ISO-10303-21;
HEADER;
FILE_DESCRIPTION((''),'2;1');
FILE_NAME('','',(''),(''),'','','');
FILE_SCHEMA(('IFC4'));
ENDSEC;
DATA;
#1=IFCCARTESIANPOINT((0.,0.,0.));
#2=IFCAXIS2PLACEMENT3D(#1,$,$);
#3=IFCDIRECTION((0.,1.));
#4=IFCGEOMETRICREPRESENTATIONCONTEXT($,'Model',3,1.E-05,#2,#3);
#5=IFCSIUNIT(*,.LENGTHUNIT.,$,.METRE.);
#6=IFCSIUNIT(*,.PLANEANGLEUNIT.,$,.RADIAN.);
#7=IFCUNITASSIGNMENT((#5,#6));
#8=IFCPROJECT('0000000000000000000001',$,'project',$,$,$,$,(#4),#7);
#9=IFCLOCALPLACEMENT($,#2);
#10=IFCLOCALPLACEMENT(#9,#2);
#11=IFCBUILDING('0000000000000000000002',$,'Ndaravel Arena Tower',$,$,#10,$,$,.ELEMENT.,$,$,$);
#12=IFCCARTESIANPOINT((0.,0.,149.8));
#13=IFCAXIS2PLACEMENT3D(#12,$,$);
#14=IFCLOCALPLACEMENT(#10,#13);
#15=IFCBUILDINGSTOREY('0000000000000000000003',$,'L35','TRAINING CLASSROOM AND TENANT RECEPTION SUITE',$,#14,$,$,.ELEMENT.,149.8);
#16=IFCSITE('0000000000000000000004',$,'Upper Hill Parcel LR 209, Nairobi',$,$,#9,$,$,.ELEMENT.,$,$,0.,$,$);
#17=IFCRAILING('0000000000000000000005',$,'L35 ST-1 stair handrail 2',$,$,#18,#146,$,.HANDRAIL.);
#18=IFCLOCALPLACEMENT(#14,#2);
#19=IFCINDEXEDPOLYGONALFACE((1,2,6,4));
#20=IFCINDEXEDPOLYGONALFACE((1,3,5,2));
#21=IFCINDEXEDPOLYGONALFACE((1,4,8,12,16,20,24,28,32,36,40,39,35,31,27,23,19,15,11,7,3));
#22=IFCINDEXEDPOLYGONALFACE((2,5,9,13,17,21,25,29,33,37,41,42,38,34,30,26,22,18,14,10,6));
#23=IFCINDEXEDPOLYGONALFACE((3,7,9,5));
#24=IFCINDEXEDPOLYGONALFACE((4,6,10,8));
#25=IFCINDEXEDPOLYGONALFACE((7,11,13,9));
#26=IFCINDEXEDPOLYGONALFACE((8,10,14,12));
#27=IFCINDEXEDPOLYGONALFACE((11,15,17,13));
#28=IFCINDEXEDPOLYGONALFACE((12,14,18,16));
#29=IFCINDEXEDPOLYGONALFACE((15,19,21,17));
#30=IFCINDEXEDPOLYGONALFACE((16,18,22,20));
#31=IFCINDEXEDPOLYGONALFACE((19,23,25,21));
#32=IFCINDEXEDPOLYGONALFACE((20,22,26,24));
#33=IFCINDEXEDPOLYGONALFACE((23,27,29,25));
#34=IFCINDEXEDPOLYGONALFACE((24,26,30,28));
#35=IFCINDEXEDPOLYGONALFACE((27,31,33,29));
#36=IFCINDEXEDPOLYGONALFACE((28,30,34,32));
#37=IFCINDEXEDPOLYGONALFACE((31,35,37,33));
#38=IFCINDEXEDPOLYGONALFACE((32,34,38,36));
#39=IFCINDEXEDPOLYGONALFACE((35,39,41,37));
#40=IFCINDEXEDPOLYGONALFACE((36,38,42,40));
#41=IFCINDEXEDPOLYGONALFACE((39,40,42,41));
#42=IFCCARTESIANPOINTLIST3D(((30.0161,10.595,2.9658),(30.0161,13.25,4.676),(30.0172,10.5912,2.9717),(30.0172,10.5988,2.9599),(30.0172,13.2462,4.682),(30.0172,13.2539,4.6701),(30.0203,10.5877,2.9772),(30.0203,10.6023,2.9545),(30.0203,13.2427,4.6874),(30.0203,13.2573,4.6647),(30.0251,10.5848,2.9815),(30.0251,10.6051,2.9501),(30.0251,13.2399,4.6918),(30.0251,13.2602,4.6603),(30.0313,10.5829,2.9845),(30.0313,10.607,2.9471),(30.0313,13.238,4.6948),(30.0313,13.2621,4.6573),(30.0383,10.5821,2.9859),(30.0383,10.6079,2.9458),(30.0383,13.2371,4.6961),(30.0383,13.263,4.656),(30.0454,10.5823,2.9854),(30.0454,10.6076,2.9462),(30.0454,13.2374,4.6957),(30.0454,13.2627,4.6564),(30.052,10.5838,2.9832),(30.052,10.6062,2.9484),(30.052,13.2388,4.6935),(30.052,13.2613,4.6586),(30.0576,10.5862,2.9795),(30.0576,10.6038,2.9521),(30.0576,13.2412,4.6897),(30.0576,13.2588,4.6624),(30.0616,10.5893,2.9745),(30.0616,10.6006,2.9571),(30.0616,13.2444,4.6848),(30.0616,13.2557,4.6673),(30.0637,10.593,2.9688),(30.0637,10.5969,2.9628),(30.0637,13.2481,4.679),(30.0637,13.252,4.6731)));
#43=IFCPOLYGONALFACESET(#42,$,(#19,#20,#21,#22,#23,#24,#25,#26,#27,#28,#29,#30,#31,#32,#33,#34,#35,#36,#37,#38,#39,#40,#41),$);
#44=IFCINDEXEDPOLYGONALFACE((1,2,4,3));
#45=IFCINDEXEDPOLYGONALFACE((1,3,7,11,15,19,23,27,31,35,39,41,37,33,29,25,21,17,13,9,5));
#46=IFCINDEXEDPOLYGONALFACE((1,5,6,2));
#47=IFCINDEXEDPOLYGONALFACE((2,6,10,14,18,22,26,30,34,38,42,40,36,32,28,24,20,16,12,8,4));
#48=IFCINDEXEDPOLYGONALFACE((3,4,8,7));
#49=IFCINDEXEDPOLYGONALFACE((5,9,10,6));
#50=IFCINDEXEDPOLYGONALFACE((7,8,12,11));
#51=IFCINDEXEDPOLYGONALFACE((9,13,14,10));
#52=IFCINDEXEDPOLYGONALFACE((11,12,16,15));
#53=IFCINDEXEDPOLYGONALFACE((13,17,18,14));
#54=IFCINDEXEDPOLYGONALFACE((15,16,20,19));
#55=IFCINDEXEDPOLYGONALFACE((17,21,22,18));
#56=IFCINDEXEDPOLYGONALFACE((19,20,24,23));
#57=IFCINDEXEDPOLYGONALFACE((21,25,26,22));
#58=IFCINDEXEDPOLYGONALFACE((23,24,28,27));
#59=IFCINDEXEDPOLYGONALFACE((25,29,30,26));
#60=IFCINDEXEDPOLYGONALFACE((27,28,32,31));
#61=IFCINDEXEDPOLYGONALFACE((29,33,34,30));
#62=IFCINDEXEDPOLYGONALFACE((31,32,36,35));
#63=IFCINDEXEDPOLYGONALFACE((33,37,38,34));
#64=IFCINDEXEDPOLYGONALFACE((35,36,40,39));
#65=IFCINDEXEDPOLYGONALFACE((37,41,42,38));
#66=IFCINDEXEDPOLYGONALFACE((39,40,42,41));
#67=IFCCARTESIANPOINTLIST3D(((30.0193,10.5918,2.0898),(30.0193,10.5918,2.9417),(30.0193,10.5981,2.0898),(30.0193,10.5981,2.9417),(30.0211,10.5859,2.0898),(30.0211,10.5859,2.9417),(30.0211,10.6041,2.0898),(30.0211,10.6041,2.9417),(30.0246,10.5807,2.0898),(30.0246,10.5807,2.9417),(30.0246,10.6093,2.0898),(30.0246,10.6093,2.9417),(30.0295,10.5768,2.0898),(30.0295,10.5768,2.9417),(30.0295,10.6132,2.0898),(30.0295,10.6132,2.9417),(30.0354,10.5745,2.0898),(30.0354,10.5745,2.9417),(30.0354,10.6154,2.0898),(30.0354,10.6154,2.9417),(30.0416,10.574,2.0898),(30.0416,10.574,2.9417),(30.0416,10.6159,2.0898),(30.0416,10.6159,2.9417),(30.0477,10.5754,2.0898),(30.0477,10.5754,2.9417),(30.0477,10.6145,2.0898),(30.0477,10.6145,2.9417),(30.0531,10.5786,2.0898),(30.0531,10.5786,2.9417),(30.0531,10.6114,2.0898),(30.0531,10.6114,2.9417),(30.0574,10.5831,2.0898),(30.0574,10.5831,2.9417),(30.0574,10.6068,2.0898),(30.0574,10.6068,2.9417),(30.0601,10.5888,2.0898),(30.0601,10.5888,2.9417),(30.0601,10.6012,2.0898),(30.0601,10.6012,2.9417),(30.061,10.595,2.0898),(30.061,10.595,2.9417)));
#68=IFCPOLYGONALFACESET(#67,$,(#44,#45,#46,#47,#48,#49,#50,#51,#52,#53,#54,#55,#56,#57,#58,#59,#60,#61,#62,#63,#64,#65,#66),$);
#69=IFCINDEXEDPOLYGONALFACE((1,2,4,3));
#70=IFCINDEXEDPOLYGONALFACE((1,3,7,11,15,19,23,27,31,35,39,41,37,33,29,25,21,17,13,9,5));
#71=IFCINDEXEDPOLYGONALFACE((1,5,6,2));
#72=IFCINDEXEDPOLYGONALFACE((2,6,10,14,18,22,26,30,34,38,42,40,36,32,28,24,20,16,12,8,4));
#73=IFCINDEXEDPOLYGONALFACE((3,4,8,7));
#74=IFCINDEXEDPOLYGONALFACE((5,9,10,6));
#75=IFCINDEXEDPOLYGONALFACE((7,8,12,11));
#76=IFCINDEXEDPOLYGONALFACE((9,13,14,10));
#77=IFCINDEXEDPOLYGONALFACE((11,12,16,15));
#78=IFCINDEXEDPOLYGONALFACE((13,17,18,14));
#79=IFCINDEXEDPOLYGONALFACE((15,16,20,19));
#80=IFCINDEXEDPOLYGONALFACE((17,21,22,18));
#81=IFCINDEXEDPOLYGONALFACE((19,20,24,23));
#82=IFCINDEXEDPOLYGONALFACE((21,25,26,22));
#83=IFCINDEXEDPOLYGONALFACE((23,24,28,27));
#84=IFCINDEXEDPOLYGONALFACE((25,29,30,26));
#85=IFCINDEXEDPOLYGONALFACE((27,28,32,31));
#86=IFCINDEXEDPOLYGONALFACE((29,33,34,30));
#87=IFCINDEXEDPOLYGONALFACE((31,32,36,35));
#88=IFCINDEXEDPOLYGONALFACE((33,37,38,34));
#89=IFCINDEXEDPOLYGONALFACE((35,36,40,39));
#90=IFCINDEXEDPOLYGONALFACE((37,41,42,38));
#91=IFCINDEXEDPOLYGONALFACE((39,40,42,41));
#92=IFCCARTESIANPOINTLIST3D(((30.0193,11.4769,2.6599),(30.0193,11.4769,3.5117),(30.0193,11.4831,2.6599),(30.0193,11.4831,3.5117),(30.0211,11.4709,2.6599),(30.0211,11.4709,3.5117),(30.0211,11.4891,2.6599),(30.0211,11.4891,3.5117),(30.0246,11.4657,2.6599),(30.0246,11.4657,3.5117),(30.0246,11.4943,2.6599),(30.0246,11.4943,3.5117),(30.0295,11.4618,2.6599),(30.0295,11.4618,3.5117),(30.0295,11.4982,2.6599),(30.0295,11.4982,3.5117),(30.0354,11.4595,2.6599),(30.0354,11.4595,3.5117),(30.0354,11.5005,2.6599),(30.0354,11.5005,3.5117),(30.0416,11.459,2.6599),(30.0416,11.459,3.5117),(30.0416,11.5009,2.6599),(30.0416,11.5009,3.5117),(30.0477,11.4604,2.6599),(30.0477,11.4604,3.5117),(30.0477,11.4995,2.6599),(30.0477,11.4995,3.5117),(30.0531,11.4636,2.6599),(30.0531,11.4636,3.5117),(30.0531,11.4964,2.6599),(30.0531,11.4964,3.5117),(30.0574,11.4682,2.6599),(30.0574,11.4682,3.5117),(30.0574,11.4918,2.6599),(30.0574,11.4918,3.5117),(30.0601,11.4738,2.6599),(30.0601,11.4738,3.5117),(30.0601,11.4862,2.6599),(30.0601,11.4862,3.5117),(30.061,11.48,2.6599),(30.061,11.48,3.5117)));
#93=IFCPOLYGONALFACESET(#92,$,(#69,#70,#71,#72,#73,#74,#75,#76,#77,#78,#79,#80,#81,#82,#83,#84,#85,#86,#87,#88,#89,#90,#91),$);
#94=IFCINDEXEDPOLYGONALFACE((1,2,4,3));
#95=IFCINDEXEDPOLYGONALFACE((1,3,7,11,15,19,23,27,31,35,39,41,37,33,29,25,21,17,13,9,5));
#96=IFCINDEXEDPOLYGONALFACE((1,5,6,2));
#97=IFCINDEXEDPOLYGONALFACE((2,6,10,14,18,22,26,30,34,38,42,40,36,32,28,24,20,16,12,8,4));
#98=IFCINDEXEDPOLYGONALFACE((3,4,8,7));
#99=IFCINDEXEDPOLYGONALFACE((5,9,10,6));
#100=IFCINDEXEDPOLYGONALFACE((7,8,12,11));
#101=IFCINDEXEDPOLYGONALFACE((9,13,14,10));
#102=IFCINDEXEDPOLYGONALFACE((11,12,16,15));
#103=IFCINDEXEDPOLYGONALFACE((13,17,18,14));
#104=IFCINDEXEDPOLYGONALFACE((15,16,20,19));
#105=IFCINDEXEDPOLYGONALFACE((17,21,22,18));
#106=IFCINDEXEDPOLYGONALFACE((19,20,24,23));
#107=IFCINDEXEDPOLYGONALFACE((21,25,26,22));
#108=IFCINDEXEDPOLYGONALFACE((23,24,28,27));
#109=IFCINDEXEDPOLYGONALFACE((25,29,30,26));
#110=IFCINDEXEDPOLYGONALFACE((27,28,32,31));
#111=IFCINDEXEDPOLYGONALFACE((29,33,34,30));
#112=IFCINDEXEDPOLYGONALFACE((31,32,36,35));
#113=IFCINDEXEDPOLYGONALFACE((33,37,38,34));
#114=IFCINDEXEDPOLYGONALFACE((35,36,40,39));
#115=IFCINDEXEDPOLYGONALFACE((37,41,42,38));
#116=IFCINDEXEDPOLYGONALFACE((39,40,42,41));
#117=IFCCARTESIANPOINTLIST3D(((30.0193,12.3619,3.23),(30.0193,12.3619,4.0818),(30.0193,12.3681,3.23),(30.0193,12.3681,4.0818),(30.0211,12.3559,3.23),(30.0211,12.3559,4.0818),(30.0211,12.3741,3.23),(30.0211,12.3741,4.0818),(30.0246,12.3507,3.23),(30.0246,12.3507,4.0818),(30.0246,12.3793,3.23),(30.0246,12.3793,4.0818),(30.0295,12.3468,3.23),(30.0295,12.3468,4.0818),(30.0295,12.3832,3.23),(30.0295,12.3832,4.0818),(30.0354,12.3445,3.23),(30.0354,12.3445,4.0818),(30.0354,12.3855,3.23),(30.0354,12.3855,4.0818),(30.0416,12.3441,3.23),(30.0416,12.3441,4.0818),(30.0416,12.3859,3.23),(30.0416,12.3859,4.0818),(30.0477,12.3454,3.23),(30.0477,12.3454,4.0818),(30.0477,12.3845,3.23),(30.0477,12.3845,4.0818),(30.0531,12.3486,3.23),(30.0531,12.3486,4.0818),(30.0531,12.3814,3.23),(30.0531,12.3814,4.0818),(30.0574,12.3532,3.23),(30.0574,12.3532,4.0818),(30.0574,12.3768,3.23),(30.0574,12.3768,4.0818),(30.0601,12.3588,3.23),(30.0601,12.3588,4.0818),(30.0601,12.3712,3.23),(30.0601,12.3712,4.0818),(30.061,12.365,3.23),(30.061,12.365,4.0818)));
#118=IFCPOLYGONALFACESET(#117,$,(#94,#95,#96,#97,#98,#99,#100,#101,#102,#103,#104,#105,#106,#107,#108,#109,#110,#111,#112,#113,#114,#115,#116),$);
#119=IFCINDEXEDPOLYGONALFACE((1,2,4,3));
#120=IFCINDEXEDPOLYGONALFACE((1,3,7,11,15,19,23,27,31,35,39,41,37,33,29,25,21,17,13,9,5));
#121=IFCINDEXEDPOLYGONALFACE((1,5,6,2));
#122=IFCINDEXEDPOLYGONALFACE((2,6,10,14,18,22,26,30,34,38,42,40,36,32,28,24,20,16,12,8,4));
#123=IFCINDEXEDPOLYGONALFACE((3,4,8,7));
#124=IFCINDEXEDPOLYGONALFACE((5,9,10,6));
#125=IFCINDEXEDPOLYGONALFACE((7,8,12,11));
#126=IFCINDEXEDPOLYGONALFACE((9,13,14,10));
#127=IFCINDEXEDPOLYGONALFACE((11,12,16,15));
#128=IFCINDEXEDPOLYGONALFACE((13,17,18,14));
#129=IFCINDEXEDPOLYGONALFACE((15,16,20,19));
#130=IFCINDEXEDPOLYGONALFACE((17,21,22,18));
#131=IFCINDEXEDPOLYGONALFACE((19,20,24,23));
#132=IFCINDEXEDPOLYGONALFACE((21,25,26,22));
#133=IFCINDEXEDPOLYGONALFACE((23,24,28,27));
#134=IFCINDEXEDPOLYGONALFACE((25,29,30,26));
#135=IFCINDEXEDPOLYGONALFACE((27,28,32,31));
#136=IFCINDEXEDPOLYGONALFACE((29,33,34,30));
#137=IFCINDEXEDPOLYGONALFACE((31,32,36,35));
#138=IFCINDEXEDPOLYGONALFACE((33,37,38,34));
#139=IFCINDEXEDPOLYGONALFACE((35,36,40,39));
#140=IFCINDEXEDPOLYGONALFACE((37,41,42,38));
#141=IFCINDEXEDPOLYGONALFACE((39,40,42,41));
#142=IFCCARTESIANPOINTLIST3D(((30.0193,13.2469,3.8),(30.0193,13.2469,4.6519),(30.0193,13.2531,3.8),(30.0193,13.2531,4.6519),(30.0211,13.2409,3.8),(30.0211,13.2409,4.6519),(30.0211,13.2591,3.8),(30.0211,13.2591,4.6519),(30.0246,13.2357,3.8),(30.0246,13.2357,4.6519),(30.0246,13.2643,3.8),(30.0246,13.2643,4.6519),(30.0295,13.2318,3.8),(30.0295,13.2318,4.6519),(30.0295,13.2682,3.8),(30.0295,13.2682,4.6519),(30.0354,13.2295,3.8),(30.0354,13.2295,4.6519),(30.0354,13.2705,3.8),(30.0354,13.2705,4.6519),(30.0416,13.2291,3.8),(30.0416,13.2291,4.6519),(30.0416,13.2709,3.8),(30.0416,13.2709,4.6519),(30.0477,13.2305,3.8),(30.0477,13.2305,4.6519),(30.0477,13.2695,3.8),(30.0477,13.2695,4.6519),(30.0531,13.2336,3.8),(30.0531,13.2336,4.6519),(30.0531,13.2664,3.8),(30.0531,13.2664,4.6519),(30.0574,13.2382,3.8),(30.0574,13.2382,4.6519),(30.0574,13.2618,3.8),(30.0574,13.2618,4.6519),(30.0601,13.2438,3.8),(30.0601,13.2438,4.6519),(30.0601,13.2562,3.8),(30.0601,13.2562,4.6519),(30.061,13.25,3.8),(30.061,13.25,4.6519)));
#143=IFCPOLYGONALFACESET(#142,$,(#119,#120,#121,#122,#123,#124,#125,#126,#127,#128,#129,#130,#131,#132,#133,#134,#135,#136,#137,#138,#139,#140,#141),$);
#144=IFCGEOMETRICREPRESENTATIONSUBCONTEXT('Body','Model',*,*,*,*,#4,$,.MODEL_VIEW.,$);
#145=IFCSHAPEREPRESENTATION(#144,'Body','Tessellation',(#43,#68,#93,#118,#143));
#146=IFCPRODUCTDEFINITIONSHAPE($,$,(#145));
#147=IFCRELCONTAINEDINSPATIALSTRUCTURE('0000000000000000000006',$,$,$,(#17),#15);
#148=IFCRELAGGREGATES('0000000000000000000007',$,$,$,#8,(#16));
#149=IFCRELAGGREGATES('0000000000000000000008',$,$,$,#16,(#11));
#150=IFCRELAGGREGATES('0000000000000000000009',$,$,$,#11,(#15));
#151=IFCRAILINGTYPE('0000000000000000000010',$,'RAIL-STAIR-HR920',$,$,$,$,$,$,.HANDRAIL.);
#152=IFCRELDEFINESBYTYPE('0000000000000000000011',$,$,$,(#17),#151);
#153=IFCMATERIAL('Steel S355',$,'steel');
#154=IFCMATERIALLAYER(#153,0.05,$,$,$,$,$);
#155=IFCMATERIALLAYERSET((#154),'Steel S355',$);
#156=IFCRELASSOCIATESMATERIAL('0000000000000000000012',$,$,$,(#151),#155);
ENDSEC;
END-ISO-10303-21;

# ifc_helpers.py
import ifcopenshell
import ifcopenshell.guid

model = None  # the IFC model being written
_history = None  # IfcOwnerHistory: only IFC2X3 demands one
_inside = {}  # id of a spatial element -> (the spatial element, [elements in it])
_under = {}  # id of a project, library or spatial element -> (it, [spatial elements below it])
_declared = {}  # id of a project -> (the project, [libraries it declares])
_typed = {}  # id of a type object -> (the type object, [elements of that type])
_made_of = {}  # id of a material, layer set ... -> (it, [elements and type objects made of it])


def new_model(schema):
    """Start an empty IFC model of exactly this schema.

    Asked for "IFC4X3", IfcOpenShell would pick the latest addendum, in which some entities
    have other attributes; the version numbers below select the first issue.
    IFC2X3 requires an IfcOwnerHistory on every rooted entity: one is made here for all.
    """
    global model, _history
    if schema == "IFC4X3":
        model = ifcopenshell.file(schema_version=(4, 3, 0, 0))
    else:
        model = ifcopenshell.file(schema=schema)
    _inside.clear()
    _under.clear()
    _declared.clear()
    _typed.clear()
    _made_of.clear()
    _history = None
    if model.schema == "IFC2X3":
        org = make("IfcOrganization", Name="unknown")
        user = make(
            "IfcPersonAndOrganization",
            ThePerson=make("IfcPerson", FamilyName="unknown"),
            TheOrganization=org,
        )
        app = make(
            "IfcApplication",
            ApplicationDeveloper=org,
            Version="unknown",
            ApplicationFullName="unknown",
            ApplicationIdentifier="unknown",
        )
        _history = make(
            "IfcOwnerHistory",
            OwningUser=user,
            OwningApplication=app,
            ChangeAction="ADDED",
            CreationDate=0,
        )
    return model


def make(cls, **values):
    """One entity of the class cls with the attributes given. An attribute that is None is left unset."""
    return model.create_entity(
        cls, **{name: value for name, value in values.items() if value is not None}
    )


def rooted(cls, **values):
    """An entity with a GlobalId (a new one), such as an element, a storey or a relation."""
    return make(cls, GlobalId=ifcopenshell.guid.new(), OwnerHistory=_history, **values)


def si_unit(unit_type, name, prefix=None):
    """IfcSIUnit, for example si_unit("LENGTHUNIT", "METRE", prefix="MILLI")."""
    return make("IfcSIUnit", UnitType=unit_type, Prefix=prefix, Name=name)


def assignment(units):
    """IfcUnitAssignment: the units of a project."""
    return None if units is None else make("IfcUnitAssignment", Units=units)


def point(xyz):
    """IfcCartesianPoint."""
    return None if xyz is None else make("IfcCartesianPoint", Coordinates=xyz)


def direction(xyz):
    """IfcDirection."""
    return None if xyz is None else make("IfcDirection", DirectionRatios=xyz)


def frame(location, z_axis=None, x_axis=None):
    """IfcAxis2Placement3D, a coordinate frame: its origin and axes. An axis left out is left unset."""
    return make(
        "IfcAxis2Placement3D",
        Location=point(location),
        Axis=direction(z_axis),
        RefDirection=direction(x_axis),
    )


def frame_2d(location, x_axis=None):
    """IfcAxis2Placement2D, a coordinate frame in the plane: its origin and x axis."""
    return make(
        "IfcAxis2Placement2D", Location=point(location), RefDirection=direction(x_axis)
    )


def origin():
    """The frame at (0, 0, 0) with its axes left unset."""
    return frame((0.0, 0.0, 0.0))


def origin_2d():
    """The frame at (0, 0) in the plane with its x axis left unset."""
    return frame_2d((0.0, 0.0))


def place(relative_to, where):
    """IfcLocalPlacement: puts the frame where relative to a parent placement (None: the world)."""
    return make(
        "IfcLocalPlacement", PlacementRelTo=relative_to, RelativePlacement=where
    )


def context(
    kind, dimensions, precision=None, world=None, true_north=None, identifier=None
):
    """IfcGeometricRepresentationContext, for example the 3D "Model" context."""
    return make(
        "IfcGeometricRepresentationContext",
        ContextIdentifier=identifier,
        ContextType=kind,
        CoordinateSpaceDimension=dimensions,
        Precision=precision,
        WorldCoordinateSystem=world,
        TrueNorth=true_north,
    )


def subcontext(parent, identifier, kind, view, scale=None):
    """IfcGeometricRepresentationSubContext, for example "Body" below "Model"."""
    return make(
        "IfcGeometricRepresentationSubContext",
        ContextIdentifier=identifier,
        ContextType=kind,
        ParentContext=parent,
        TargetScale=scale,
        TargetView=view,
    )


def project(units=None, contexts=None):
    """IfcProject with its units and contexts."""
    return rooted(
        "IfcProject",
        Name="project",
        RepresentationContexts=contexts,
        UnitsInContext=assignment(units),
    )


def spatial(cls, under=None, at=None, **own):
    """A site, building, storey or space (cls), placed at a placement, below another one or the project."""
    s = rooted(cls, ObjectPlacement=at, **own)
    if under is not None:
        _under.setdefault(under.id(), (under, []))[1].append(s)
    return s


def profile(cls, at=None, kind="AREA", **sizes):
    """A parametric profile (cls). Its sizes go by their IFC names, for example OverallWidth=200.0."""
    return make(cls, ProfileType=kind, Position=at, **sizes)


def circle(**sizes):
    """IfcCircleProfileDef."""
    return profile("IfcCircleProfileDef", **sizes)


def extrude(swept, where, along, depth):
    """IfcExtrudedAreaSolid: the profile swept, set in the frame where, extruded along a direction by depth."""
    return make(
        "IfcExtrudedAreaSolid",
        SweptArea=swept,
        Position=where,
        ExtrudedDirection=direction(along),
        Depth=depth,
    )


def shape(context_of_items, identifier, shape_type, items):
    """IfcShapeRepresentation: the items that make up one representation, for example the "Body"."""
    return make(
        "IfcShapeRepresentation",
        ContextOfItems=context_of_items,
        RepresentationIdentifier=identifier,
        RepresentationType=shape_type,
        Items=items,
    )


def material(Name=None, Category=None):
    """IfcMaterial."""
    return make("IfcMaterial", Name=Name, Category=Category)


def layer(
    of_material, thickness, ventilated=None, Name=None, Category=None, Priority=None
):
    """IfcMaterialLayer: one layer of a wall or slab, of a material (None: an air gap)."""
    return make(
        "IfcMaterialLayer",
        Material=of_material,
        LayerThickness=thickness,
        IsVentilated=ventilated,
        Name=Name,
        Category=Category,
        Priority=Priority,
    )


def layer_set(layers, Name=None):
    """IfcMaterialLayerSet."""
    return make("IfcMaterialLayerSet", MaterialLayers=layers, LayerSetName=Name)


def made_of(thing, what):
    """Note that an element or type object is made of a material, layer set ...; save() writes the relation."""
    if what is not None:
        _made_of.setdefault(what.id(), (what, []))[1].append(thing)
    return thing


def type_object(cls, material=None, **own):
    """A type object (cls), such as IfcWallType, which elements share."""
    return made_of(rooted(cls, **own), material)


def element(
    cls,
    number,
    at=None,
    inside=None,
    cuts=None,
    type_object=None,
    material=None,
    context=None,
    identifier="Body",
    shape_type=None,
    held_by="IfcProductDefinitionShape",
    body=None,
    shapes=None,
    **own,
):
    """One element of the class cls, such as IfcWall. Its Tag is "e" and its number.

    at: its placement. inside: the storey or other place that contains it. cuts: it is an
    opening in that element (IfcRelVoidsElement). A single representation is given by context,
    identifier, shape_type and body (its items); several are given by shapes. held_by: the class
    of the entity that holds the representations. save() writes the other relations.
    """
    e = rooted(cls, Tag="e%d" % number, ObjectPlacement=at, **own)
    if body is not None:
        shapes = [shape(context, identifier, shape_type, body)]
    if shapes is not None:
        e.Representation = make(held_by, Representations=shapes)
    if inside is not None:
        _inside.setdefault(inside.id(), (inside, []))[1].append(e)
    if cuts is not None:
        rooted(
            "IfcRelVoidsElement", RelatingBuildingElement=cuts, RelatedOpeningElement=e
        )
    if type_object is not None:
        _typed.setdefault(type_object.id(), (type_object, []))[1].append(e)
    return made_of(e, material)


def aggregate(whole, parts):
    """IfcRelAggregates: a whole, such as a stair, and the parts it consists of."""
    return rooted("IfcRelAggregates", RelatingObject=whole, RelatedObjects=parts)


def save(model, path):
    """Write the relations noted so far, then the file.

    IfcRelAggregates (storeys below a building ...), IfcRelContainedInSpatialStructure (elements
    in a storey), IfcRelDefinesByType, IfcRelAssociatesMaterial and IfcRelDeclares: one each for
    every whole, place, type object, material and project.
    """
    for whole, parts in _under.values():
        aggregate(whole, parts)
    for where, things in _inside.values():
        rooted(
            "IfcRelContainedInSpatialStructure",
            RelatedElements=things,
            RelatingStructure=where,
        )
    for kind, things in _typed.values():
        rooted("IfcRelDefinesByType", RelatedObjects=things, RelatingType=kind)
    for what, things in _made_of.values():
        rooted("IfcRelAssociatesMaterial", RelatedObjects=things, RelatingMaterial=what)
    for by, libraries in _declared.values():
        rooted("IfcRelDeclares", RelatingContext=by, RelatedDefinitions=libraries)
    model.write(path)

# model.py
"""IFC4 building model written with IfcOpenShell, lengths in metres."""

from ifc_helpers import new_model, si_unit, direction, frame, origin, origin_2d, place, context, subcontext, project, spatial, circle, extrude, material, layer, layer_set, type_object, element, save


model = new_model("IFC4")

# Units and contexts
model_context = context("Model", 3, precision=1e-05, world=origin(), true_north=direction((0.0, 1.0)))
body_context = subcontext(model_context, "Body", "Model", "MODEL_VIEW")
ifc_project = project(units=[si_unit("LENGTHUNIT", "METRE"), si_unit("PLANEANGLEUNIT", "RADIAN")], contexts=[model_context])

# Site, building, storey
site_placement = place(None, origin())
site = spatial("IfcSite", under=ifc_project, at=site_placement, Name="Upper Hill Parcel LR 209, Nairobi", CompositionType="ELEMENT", RefElevation=0.0)
building_placement = place(site_placement, origin())
building = spatial("IfcBuilding", under=site, at=building_placement, Name="Ndaravel Arena Tower", CompositionType="ELEMENT")
storey_placement = place(building_placement, frame((0.0, 0.0, 149.8)))
storey = spatial("IfcBuildingStorey", under=building, at=storey_placement, Name="L35", Description="TRAINING CLASSROOM AND TENANT RECEPTION SUITE", CompositionType="ELEMENT", Elevation=149.8)

# Railing
ifc_material_1 = material(Name="Steel S355", Category="steel")
ifc_layer_1 = layer(ifc_material_1, 0.05)
ifc_layer_set_1 = layer_set([ifc_layer_1], Name="Steel S355")
railing_type_1 = type_object("IfcRailingType", Name="RAIL-STAIR-HR920", PredefinedType="HANDRAIL", material=ifc_layer_set_1)
railing_1_placement = place(storey_placement, frame((30.04, 10.595, 2.0898)))
element("IfcRailing", 1, at=railing_1_placement, inside=storey, type_object=railing_type_1, Name="L35 ST-1 stair handrail 2", PredefinedType="HANDRAIL", context=body_context, shape_type="SweptSolid", body=[
    extrude(circle(Radius=0.0239, at=origin_2d()), frame((0.0, 0.0, 0.876), z_axis=(0.0, 0.840688, 0.541519), x_axis=(-1.0, 0.0, 0.0)), (0.0, 0.0, 1.0), 3.1582),
    extrude(circle(Radius=0.021, at=origin_2d()), origin(), (0.0, 0.0, 1.0), 0.8518),
    extrude(circle(Radius=0.021, at=origin_2d()), frame((0.0, 0.885, 0.5701)), (0.0, 0.0, 1.0), 0.8518),
    extrude(circle(Radius=0.021, at=origin_2d()), frame((0.0, 1.77, 1.1401)), (0.0, 0.0, 1.0), 0.8518),
    extrude(circle(Radius=0.021, at=origin_2d()), frame((0.0, 2.655, 1.7102)), (0.0, 0.0, 1.0), 0.8518),
])

save(model, "model.ifc")
